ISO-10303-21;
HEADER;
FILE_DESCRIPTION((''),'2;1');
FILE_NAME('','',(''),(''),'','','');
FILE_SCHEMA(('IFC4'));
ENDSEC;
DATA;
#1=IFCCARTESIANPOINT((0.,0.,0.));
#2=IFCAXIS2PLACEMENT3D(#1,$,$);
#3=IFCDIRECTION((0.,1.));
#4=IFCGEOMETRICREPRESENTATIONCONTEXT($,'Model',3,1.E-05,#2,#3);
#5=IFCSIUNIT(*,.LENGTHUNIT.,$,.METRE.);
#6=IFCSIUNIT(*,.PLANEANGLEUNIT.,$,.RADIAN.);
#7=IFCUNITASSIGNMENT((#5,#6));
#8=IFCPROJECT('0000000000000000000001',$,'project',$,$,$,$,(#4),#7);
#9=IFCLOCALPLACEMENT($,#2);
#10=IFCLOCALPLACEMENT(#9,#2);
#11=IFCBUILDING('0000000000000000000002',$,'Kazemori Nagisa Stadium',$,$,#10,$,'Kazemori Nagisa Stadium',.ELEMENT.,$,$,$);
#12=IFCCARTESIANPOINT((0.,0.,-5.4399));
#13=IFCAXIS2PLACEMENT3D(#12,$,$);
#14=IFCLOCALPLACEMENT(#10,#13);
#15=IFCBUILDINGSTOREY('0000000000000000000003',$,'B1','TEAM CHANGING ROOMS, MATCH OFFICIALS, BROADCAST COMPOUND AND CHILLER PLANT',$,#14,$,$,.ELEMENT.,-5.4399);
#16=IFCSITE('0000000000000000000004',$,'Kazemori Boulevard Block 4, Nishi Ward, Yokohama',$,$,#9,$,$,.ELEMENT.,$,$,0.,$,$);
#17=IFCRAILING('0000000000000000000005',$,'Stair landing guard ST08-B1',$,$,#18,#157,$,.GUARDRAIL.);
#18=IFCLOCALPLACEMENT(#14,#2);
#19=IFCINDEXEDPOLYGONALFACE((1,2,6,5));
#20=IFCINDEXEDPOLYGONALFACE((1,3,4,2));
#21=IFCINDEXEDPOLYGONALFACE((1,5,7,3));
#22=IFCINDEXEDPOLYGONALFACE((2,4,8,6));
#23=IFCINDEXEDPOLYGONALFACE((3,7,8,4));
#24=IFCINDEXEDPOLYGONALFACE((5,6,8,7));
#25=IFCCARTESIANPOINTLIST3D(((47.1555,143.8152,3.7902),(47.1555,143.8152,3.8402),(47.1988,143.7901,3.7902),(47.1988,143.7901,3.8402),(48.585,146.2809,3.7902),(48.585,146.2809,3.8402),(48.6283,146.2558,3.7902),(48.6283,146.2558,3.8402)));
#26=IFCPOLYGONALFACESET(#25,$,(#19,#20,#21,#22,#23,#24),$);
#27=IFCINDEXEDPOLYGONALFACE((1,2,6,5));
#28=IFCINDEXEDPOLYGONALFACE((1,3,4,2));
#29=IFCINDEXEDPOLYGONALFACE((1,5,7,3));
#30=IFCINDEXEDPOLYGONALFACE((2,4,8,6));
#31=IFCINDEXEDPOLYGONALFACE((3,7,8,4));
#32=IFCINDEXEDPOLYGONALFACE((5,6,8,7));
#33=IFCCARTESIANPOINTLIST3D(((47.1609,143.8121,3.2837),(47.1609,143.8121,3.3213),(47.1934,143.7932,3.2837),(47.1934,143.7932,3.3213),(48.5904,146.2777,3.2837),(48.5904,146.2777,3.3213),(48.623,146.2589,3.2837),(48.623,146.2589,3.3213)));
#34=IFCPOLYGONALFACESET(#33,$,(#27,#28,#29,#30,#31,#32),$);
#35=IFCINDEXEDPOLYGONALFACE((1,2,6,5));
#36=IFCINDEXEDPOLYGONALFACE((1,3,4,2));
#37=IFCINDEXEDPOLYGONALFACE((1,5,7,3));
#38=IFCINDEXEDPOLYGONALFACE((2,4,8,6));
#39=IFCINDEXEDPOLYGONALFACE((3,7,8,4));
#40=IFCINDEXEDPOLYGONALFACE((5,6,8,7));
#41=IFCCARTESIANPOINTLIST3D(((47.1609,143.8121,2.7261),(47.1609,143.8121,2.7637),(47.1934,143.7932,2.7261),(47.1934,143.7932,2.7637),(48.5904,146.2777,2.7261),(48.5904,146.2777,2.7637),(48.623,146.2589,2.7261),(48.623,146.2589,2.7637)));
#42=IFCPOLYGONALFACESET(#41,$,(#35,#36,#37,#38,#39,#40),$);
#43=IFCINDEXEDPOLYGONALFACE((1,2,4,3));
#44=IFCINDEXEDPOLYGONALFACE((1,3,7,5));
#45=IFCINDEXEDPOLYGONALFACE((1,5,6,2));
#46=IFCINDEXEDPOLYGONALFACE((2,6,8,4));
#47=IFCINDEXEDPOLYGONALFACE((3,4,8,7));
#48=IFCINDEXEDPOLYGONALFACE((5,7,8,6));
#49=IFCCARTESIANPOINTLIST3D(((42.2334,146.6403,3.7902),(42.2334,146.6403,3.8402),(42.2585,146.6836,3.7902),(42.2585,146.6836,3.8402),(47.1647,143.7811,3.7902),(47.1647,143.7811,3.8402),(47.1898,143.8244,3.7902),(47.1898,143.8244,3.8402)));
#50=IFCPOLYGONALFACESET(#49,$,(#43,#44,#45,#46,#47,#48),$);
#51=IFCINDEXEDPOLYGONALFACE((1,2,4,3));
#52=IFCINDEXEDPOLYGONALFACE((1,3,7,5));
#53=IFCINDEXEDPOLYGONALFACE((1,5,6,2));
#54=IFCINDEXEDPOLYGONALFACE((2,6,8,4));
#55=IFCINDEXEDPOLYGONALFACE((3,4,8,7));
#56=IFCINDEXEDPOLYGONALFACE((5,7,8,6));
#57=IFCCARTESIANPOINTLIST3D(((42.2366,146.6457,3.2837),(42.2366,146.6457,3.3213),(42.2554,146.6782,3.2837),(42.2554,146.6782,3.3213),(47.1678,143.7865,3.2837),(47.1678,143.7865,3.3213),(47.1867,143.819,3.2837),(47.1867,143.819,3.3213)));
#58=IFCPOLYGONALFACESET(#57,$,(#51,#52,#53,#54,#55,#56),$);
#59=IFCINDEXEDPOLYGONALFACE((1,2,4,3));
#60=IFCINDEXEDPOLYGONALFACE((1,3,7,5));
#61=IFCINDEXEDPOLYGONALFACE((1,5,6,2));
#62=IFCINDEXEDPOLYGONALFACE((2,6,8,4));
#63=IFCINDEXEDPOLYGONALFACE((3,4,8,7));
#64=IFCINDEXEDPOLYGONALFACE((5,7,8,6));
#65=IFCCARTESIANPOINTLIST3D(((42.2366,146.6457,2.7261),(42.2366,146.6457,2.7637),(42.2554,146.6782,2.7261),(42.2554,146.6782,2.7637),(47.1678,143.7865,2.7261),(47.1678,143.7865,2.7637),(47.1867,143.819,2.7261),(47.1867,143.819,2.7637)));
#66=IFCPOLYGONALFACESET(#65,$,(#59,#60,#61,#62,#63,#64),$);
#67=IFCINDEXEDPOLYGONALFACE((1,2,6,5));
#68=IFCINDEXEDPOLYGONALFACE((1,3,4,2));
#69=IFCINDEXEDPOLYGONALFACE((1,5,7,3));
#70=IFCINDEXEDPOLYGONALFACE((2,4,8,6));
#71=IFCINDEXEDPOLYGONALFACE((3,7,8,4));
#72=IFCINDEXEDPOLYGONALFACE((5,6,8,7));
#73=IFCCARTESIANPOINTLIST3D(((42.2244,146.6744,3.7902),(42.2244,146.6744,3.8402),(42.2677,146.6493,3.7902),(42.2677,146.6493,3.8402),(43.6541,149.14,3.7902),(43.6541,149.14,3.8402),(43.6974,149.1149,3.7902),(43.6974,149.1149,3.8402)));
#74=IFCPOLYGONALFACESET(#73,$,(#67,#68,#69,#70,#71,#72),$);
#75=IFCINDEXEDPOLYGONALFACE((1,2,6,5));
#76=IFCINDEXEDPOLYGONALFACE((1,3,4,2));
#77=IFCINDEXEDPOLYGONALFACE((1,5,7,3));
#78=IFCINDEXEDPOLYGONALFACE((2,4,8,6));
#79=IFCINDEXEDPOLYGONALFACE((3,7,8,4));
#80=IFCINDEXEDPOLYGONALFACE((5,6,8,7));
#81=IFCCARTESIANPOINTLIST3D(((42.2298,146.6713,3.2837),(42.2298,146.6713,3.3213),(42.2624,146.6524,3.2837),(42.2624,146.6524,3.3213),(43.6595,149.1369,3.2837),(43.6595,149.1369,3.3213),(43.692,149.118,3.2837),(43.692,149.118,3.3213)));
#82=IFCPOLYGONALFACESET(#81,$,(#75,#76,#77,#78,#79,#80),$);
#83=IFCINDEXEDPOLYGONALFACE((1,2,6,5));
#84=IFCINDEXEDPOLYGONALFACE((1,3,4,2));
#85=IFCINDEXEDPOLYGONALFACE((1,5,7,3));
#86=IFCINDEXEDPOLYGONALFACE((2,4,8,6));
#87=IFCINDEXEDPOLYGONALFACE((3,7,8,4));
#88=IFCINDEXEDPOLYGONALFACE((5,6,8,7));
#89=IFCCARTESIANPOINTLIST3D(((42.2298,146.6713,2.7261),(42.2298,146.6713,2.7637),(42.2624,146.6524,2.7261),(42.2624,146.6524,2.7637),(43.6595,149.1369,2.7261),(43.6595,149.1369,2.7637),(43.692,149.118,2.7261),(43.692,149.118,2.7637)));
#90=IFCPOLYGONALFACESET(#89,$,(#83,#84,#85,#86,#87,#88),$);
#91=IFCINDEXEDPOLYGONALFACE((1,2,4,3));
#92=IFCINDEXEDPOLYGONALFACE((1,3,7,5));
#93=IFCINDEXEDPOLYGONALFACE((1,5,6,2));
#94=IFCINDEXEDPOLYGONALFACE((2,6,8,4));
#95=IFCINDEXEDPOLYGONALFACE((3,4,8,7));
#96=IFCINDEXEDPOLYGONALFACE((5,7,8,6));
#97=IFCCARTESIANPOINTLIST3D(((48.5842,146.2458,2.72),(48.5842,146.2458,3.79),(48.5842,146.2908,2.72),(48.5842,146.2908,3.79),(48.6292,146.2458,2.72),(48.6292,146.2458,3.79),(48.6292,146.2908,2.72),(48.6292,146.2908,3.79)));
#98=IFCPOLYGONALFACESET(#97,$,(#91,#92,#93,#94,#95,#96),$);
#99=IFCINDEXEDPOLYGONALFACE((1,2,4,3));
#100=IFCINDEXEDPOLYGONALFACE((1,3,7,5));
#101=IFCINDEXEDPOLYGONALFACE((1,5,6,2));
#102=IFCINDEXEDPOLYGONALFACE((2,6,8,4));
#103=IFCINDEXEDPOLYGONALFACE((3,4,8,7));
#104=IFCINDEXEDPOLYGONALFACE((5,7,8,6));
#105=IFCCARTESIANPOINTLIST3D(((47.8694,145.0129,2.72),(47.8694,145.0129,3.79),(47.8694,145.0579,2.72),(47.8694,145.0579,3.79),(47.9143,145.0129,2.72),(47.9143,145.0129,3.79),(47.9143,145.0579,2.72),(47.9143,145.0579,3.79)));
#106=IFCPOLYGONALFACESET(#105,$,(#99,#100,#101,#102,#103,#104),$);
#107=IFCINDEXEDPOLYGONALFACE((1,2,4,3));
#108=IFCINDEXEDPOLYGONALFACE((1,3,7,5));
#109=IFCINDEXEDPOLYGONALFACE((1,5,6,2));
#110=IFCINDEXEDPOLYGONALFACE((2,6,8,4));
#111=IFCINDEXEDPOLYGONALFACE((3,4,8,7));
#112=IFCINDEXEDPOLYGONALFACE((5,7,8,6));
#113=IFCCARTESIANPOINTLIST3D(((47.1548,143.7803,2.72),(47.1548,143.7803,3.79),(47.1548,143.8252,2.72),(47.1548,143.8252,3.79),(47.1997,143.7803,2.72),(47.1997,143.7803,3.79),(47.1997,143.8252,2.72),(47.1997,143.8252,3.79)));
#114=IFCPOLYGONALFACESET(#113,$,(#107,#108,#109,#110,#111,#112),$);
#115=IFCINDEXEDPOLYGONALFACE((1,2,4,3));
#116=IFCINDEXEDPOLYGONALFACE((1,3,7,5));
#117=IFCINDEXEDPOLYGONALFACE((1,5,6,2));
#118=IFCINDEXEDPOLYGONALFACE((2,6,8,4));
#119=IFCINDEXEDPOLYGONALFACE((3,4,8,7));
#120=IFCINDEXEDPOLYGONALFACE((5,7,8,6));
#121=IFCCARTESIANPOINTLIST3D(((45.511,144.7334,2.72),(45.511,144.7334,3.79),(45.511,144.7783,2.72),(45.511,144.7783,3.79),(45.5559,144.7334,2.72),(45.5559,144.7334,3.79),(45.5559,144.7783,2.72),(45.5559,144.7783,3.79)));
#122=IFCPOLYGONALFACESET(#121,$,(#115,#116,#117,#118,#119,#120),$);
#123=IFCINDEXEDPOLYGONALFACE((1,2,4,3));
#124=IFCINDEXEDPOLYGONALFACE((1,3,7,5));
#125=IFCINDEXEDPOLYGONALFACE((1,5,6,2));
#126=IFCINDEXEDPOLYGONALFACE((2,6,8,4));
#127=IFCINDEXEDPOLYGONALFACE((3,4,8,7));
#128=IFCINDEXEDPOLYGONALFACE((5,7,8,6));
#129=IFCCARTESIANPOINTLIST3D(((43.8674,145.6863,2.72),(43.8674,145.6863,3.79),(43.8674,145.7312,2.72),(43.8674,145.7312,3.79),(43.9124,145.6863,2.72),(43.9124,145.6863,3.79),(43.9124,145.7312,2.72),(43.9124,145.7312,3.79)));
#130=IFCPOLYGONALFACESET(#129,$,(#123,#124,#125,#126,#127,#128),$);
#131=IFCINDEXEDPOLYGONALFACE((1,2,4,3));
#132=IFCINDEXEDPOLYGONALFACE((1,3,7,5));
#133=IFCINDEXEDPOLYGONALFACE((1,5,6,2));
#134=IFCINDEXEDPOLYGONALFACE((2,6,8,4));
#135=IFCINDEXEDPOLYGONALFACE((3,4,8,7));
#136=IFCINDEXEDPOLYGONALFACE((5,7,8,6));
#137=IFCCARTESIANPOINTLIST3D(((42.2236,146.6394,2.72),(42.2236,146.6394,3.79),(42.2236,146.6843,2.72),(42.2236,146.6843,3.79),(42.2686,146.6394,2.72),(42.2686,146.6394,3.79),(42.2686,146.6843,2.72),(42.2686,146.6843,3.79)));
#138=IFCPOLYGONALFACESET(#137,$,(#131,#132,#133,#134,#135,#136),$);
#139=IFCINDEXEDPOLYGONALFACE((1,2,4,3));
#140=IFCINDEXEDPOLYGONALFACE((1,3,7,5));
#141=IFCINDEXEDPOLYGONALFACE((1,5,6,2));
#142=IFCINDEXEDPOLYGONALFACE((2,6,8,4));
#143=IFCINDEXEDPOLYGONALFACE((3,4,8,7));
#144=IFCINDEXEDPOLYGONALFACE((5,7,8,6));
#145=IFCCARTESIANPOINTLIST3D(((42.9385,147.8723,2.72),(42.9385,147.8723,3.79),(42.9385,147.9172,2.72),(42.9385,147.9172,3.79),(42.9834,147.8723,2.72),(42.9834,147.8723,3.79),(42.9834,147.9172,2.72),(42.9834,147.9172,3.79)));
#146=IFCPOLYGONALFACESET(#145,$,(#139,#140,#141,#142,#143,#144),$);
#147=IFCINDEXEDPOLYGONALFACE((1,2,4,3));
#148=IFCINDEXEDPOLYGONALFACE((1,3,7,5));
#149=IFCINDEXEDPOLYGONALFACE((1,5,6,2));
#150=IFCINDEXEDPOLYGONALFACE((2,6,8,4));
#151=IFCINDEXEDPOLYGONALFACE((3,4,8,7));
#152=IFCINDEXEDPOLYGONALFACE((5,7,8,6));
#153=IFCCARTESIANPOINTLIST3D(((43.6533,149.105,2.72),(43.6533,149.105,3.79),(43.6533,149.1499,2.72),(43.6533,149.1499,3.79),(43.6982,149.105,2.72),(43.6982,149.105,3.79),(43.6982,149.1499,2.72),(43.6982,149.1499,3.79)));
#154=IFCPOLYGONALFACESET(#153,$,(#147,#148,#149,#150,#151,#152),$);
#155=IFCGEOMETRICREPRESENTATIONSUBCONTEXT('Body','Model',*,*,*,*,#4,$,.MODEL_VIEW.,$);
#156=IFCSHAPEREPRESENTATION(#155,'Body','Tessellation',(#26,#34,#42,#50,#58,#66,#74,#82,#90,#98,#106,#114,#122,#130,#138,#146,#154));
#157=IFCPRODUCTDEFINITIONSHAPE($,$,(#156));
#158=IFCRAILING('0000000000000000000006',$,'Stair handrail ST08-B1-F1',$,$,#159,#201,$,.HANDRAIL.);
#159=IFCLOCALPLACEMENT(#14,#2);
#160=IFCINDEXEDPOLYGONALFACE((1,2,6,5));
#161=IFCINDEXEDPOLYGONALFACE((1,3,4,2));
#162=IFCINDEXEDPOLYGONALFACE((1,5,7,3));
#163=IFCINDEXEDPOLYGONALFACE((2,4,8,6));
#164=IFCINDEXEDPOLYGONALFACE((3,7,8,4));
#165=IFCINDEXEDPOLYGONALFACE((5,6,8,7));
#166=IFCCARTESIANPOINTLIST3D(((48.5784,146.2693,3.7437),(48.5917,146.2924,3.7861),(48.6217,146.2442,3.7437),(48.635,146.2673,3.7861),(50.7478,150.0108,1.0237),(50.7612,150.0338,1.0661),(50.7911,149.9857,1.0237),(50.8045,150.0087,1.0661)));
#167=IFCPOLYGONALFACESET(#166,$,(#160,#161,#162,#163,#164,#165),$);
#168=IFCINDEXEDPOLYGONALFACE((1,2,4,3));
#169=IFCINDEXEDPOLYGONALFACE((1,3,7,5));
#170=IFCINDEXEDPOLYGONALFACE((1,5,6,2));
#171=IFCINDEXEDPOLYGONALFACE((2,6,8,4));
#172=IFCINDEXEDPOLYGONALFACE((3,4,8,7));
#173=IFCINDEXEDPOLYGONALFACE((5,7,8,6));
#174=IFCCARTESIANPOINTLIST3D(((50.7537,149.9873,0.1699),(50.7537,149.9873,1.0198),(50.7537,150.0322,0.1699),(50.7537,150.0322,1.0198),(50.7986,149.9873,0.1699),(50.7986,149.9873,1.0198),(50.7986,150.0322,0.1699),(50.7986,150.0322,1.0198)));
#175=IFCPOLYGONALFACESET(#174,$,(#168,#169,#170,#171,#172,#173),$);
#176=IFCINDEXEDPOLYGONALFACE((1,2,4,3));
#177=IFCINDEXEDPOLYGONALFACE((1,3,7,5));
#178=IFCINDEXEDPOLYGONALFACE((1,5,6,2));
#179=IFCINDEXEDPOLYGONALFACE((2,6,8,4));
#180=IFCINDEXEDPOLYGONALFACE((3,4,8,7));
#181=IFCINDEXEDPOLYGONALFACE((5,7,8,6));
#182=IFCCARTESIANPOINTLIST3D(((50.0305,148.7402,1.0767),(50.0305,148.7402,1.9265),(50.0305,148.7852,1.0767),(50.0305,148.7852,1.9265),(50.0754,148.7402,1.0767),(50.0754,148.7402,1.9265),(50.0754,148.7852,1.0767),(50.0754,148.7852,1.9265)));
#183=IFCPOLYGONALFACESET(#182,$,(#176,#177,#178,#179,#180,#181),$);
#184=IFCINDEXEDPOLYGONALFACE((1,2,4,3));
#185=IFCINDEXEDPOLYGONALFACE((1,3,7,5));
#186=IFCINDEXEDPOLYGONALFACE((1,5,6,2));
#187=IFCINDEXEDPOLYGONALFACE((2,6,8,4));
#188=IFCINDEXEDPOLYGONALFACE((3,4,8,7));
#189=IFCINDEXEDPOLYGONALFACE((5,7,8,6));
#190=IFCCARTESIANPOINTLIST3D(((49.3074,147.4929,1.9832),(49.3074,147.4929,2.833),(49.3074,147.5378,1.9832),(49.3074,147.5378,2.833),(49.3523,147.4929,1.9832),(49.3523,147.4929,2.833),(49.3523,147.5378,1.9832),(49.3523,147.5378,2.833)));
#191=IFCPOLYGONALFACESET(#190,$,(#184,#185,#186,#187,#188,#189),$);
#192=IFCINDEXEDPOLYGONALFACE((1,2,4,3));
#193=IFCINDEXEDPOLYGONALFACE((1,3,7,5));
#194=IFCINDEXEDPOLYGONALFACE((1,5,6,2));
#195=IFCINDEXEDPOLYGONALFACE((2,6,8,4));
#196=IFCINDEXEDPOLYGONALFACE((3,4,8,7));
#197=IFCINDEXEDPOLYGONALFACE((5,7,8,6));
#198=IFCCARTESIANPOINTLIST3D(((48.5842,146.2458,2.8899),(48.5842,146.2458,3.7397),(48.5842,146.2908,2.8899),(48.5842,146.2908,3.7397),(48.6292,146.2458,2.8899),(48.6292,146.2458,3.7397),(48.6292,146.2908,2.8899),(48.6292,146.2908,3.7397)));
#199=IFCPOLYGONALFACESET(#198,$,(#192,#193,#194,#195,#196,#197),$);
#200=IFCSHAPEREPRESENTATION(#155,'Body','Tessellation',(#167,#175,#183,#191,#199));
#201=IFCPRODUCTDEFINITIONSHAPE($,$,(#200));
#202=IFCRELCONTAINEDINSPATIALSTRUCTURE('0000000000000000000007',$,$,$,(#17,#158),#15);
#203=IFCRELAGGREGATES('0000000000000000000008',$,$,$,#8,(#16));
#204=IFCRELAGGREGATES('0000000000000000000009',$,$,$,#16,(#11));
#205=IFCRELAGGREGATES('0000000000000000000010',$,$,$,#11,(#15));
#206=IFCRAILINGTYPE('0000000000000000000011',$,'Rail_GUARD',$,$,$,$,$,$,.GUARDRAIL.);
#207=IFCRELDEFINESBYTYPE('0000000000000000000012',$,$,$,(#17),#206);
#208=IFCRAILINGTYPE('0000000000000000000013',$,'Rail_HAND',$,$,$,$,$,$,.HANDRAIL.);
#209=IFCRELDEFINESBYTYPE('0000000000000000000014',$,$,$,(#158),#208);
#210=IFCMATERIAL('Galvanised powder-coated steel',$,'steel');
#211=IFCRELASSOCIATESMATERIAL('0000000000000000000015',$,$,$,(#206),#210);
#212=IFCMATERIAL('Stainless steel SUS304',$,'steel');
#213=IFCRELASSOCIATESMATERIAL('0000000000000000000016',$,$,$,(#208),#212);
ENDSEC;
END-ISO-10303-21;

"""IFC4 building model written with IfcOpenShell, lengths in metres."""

from ifc_helpers import new_model, si_unit, direction, frame, origin, origin_2d, place, context, subcontext, project, spatial, rectangle, extrude, material, type_object, element, save


model = new_model("IFC4")

# Units and contexts
model_context = context("Model", 3, precision=1e-05, world=origin(), true_north=direction((0.0, 1.0)))
body_context = subcontext(model_context, "Body", "Model", "MODEL_VIEW")
ifc_project = project(units=[si_unit("LENGTHUNIT", "METRE"), si_unit("PLANEANGLEUNIT", "RADIAN")], contexts=[model_context])

# Site, building, storey
site_placement = place(None, origin())
site = spatial("IfcSite", under=ifc_project, at=site_placement, Name="Kazemori Boulevard Block 4, Nishi Ward, Yokohama", CompositionType="ELEMENT", RefElevation=0.0)
building_placement = place(site_placement, origin())
building = spatial("IfcBuilding", under=site, at=building_placement, Name="Kazemori Nagisa Stadium", LongName="Kazemori Nagisa Stadium", CompositionType="ELEMENT")
storey_placement = place(building_placement, frame((0.0, 0.0, -5.4399)))
storey = spatial("IfcBuildingStorey", under=building, at=storey_placement, Name="B1", Description="TEAM CHANGING ROOMS, MATCH OFFICIALS, BROADCAST COMPOUND AND CHILLER PLANT", CompositionType="ELEMENT", Elevation=-5.4399)

# Shared definitions
ifc_material_1 = material(Name="Stainless steel SUS304", Category="steel")

# Railings
ifc_material_2 = material(Name="Galvanised powder-coated steel", Category="steel")
railing_type_1 = type_object("IfcRailingType", Name="Rail_GUARD", PredefinedType="GUARDRAIL", material=ifc_material_2)
railing_1_placement = place(storey_placement, frame((48.6067, 146.2683, 2.72)))
element("IfcRailing", 1, at=railing_1_placement, inside=storey, type_object=railing_type_1, Name="Stair landing guard ST08-B1", PredefinedType="GUARDRAIL", context=body_context, shape_type="SweptSolid", body=[
    extrude(rectangle(XDim=0.05, YDim=0.05, at=origin_2d()), frame((0.0, 0.0, 1.0952), z_axis=(-0.501563, -0.865121, 0.0), x_axis=(0.865121, -0.501563, 0.0)), (0.0, 0.0, 1.0), 2.8501),
    extrude(rectangle(XDim=0.0376, YDim=0.0376, at=origin_2d()), frame((0.0, 0.0, 0.5825), z_axis=(-0.501563, -0.865121, 0.0), x_axis=(0.865121, -0.501563, 0.0)), (0.0, 0.0, 1.0), 2.8501),
    extrude(rectangle(XDim=0.0376, YDim=0.0376, at=origin_2d()), frame((0.0, 0.0, 0.0249), z_axis=(-0.501563, -0.865121, 0.0), x_axis=(0.865121, -0.501563, 0.0)), (0.0, 0.0, 1.0), 2.8501),
    extrude(rectangle(XDim=0.05, YDim=0.05, at=origin_2d()), frame((-1.4294, -2.4656, 1.0952), z_axis=(-0.865103, 0.501595, 0.0), x_axis=(-0.501595, -0.865103, 0.0)), (0.0, 0.0, 1.0), 5.7002),
    extrude(rectangle(XDim=0.0376, YDim=0.0376, at=origin_2d()), frame((-1.4294, -2.4656, 0.5825), z_axis=(-0.865103, 0.501595, 0.0), x_axis=(-0.501595, -0.865103, 0.0)), (0.0, 0.0, 1.0), 5.7002),
    extrude(rectangle(XDim=0.0376, YDim=0.0376, at=origin_2d()), frame((-1.4294, -2.4656, 0.0249), z_axis=(-0.865103, 0.501595, 0.0), x_axis=(-0.501595, -0.865103, 0.0)), (0.0, 0.0, 1.0), 5.7002),
    extrude(rectangle(XDim=0.05, YDim=0.05, at=origin_2d()), frame((-6.3606, 0.3936, 1.0952), z_axis=(0.501627, 0.865084, 0.0), x_axis=(-0.865084, 0.501627, 0.0)), (0.0, 0.0, 1.0), 2.8501),
    extrude(rectangle(XDim=0.0376, YDim=0.0376, at=origin_2d()), frame((-6.3606, 0.3936, 0.5825), z_axis=(0.501627, 0.865084, 0.0), x_axis=(-0.865084, 0.501627, 0.0)), (0.0, 0.0, 1.0), 2.8501),
    extrude(rectangle(XDim=0.0376, YDim=0.0376, at=origin_2d()), frame((-6.3606, 0.3936, 0.0249), z_axis=(0.501627, 0.865084, 0.0), x_axis=(-0.865084, 0.501627, 0.0)), (0.0, 0.0, 1.0), 2.8501),
    extrude(rectangle(XDim=0.0449, YDim=0.0449, at=origin_2d()), origin(), (0.0, 0.0, 1.0), 1.0701),
    extrude(rectangle(XDim=0.0449, YDim=0.0449, at=origin_2d()), frame((-0.7148, -1.2329, 0.0)), (0.0, 0.0, 1.0), 1.0701),
    extrude(rectangle(XDim=0.0449, YDim=0.0449, at=origin_2d()), frame((-1.4294, -2.4656, 0.0)), (0.0, 0.0, 1.0), 1.0701),
    extrude(rectangle(XDim=0.0449, YDim=0.0449, at=origin_2d()), frame((-3.0732, -1.5125, 0.0)), (0.0, 0.0, 1.0), 1.0701),
    extrude(rectangle(XDim=0.0449, YDim=0.0449, at=origin_2d()), frame((-4.7168, -0.5596, 0.0)), (0.0, 0.0, 1.0), 1.0701),
    extrude(rectangle(XDim=0.0449, YDim=0.0449, at=origin_2d()), frame((-6.3606, 0.3936, 0.0)), (0.0, 0.0, 1.0), 1.0701),
    extrude(rectangle(XDim=0.0449, YDim=0.0449, at=origin_2d()), frame((-5.6458, 1.6265, 0.0)), (0.0, 0.0, 1.0), 1.0701),
    extrude(rectangle(XDim=0.0449, YDim=0.0449, at=origin_2d()), frame((-4.9309, 2.8591, 0.0)), (0.0, 0.0, 1.0), 1.0701),
])
railing_type_2 = type_object("IfcRailingType", Name="Rail_HAND", PredefinedType="HANDRAIL", material=ifc_material_1)
railing_2_placement = place(storey_placement, frame((50.7761, 150.0098, 0.1699)))
element("IfcRailing", 2, at=railing_2_placement, inside=storey, type_object=railing_type_2, Name="Stair handrail ST08-B1-F1", PredefinedType="HANDRAIL", context=body_context, shape_type="SweptSolid", body=[
    extrude(rectangle(XDim=0.05, YDim=0.05, at=origin_2d()), frame((0.0, 0.0, 0.875), z_axis=(-0.424619, -0.732308, 0.532375), x_axis=(0.865092, -0.501612, 0.0)), (0.0, 0.0, 1.0), 5.1091),
    extrude(rectangle(XDim=0.0449, YDim=0.0449, at=origin_2d()), origin(), (0.0, 0.0, 1.0), 0.8499),
    extrude(rectangle(XDim=0.0449, YDim=0.0449, at=origin_2d()), frame((-0.7231, -1.2471, 0.9067)), (0.0, 0.0, 1.0), 0.8499),
    extrude(rectangle(XDim=0.0449, YDim=0.0449, at=origin_2d()), frame((-1.4463, -2.4944, 1.8132)), (0.0, 0.0, 1.0), 0.8499),
    extrude(rectangle(XDim=0.0449, YDim=0.0449, at=origin_2d()), frame((-2.1694, -3.7415, 2.72)), (0.0, 0.0, 1.0), 0.8499),
])

save(model, "model.ifc")
